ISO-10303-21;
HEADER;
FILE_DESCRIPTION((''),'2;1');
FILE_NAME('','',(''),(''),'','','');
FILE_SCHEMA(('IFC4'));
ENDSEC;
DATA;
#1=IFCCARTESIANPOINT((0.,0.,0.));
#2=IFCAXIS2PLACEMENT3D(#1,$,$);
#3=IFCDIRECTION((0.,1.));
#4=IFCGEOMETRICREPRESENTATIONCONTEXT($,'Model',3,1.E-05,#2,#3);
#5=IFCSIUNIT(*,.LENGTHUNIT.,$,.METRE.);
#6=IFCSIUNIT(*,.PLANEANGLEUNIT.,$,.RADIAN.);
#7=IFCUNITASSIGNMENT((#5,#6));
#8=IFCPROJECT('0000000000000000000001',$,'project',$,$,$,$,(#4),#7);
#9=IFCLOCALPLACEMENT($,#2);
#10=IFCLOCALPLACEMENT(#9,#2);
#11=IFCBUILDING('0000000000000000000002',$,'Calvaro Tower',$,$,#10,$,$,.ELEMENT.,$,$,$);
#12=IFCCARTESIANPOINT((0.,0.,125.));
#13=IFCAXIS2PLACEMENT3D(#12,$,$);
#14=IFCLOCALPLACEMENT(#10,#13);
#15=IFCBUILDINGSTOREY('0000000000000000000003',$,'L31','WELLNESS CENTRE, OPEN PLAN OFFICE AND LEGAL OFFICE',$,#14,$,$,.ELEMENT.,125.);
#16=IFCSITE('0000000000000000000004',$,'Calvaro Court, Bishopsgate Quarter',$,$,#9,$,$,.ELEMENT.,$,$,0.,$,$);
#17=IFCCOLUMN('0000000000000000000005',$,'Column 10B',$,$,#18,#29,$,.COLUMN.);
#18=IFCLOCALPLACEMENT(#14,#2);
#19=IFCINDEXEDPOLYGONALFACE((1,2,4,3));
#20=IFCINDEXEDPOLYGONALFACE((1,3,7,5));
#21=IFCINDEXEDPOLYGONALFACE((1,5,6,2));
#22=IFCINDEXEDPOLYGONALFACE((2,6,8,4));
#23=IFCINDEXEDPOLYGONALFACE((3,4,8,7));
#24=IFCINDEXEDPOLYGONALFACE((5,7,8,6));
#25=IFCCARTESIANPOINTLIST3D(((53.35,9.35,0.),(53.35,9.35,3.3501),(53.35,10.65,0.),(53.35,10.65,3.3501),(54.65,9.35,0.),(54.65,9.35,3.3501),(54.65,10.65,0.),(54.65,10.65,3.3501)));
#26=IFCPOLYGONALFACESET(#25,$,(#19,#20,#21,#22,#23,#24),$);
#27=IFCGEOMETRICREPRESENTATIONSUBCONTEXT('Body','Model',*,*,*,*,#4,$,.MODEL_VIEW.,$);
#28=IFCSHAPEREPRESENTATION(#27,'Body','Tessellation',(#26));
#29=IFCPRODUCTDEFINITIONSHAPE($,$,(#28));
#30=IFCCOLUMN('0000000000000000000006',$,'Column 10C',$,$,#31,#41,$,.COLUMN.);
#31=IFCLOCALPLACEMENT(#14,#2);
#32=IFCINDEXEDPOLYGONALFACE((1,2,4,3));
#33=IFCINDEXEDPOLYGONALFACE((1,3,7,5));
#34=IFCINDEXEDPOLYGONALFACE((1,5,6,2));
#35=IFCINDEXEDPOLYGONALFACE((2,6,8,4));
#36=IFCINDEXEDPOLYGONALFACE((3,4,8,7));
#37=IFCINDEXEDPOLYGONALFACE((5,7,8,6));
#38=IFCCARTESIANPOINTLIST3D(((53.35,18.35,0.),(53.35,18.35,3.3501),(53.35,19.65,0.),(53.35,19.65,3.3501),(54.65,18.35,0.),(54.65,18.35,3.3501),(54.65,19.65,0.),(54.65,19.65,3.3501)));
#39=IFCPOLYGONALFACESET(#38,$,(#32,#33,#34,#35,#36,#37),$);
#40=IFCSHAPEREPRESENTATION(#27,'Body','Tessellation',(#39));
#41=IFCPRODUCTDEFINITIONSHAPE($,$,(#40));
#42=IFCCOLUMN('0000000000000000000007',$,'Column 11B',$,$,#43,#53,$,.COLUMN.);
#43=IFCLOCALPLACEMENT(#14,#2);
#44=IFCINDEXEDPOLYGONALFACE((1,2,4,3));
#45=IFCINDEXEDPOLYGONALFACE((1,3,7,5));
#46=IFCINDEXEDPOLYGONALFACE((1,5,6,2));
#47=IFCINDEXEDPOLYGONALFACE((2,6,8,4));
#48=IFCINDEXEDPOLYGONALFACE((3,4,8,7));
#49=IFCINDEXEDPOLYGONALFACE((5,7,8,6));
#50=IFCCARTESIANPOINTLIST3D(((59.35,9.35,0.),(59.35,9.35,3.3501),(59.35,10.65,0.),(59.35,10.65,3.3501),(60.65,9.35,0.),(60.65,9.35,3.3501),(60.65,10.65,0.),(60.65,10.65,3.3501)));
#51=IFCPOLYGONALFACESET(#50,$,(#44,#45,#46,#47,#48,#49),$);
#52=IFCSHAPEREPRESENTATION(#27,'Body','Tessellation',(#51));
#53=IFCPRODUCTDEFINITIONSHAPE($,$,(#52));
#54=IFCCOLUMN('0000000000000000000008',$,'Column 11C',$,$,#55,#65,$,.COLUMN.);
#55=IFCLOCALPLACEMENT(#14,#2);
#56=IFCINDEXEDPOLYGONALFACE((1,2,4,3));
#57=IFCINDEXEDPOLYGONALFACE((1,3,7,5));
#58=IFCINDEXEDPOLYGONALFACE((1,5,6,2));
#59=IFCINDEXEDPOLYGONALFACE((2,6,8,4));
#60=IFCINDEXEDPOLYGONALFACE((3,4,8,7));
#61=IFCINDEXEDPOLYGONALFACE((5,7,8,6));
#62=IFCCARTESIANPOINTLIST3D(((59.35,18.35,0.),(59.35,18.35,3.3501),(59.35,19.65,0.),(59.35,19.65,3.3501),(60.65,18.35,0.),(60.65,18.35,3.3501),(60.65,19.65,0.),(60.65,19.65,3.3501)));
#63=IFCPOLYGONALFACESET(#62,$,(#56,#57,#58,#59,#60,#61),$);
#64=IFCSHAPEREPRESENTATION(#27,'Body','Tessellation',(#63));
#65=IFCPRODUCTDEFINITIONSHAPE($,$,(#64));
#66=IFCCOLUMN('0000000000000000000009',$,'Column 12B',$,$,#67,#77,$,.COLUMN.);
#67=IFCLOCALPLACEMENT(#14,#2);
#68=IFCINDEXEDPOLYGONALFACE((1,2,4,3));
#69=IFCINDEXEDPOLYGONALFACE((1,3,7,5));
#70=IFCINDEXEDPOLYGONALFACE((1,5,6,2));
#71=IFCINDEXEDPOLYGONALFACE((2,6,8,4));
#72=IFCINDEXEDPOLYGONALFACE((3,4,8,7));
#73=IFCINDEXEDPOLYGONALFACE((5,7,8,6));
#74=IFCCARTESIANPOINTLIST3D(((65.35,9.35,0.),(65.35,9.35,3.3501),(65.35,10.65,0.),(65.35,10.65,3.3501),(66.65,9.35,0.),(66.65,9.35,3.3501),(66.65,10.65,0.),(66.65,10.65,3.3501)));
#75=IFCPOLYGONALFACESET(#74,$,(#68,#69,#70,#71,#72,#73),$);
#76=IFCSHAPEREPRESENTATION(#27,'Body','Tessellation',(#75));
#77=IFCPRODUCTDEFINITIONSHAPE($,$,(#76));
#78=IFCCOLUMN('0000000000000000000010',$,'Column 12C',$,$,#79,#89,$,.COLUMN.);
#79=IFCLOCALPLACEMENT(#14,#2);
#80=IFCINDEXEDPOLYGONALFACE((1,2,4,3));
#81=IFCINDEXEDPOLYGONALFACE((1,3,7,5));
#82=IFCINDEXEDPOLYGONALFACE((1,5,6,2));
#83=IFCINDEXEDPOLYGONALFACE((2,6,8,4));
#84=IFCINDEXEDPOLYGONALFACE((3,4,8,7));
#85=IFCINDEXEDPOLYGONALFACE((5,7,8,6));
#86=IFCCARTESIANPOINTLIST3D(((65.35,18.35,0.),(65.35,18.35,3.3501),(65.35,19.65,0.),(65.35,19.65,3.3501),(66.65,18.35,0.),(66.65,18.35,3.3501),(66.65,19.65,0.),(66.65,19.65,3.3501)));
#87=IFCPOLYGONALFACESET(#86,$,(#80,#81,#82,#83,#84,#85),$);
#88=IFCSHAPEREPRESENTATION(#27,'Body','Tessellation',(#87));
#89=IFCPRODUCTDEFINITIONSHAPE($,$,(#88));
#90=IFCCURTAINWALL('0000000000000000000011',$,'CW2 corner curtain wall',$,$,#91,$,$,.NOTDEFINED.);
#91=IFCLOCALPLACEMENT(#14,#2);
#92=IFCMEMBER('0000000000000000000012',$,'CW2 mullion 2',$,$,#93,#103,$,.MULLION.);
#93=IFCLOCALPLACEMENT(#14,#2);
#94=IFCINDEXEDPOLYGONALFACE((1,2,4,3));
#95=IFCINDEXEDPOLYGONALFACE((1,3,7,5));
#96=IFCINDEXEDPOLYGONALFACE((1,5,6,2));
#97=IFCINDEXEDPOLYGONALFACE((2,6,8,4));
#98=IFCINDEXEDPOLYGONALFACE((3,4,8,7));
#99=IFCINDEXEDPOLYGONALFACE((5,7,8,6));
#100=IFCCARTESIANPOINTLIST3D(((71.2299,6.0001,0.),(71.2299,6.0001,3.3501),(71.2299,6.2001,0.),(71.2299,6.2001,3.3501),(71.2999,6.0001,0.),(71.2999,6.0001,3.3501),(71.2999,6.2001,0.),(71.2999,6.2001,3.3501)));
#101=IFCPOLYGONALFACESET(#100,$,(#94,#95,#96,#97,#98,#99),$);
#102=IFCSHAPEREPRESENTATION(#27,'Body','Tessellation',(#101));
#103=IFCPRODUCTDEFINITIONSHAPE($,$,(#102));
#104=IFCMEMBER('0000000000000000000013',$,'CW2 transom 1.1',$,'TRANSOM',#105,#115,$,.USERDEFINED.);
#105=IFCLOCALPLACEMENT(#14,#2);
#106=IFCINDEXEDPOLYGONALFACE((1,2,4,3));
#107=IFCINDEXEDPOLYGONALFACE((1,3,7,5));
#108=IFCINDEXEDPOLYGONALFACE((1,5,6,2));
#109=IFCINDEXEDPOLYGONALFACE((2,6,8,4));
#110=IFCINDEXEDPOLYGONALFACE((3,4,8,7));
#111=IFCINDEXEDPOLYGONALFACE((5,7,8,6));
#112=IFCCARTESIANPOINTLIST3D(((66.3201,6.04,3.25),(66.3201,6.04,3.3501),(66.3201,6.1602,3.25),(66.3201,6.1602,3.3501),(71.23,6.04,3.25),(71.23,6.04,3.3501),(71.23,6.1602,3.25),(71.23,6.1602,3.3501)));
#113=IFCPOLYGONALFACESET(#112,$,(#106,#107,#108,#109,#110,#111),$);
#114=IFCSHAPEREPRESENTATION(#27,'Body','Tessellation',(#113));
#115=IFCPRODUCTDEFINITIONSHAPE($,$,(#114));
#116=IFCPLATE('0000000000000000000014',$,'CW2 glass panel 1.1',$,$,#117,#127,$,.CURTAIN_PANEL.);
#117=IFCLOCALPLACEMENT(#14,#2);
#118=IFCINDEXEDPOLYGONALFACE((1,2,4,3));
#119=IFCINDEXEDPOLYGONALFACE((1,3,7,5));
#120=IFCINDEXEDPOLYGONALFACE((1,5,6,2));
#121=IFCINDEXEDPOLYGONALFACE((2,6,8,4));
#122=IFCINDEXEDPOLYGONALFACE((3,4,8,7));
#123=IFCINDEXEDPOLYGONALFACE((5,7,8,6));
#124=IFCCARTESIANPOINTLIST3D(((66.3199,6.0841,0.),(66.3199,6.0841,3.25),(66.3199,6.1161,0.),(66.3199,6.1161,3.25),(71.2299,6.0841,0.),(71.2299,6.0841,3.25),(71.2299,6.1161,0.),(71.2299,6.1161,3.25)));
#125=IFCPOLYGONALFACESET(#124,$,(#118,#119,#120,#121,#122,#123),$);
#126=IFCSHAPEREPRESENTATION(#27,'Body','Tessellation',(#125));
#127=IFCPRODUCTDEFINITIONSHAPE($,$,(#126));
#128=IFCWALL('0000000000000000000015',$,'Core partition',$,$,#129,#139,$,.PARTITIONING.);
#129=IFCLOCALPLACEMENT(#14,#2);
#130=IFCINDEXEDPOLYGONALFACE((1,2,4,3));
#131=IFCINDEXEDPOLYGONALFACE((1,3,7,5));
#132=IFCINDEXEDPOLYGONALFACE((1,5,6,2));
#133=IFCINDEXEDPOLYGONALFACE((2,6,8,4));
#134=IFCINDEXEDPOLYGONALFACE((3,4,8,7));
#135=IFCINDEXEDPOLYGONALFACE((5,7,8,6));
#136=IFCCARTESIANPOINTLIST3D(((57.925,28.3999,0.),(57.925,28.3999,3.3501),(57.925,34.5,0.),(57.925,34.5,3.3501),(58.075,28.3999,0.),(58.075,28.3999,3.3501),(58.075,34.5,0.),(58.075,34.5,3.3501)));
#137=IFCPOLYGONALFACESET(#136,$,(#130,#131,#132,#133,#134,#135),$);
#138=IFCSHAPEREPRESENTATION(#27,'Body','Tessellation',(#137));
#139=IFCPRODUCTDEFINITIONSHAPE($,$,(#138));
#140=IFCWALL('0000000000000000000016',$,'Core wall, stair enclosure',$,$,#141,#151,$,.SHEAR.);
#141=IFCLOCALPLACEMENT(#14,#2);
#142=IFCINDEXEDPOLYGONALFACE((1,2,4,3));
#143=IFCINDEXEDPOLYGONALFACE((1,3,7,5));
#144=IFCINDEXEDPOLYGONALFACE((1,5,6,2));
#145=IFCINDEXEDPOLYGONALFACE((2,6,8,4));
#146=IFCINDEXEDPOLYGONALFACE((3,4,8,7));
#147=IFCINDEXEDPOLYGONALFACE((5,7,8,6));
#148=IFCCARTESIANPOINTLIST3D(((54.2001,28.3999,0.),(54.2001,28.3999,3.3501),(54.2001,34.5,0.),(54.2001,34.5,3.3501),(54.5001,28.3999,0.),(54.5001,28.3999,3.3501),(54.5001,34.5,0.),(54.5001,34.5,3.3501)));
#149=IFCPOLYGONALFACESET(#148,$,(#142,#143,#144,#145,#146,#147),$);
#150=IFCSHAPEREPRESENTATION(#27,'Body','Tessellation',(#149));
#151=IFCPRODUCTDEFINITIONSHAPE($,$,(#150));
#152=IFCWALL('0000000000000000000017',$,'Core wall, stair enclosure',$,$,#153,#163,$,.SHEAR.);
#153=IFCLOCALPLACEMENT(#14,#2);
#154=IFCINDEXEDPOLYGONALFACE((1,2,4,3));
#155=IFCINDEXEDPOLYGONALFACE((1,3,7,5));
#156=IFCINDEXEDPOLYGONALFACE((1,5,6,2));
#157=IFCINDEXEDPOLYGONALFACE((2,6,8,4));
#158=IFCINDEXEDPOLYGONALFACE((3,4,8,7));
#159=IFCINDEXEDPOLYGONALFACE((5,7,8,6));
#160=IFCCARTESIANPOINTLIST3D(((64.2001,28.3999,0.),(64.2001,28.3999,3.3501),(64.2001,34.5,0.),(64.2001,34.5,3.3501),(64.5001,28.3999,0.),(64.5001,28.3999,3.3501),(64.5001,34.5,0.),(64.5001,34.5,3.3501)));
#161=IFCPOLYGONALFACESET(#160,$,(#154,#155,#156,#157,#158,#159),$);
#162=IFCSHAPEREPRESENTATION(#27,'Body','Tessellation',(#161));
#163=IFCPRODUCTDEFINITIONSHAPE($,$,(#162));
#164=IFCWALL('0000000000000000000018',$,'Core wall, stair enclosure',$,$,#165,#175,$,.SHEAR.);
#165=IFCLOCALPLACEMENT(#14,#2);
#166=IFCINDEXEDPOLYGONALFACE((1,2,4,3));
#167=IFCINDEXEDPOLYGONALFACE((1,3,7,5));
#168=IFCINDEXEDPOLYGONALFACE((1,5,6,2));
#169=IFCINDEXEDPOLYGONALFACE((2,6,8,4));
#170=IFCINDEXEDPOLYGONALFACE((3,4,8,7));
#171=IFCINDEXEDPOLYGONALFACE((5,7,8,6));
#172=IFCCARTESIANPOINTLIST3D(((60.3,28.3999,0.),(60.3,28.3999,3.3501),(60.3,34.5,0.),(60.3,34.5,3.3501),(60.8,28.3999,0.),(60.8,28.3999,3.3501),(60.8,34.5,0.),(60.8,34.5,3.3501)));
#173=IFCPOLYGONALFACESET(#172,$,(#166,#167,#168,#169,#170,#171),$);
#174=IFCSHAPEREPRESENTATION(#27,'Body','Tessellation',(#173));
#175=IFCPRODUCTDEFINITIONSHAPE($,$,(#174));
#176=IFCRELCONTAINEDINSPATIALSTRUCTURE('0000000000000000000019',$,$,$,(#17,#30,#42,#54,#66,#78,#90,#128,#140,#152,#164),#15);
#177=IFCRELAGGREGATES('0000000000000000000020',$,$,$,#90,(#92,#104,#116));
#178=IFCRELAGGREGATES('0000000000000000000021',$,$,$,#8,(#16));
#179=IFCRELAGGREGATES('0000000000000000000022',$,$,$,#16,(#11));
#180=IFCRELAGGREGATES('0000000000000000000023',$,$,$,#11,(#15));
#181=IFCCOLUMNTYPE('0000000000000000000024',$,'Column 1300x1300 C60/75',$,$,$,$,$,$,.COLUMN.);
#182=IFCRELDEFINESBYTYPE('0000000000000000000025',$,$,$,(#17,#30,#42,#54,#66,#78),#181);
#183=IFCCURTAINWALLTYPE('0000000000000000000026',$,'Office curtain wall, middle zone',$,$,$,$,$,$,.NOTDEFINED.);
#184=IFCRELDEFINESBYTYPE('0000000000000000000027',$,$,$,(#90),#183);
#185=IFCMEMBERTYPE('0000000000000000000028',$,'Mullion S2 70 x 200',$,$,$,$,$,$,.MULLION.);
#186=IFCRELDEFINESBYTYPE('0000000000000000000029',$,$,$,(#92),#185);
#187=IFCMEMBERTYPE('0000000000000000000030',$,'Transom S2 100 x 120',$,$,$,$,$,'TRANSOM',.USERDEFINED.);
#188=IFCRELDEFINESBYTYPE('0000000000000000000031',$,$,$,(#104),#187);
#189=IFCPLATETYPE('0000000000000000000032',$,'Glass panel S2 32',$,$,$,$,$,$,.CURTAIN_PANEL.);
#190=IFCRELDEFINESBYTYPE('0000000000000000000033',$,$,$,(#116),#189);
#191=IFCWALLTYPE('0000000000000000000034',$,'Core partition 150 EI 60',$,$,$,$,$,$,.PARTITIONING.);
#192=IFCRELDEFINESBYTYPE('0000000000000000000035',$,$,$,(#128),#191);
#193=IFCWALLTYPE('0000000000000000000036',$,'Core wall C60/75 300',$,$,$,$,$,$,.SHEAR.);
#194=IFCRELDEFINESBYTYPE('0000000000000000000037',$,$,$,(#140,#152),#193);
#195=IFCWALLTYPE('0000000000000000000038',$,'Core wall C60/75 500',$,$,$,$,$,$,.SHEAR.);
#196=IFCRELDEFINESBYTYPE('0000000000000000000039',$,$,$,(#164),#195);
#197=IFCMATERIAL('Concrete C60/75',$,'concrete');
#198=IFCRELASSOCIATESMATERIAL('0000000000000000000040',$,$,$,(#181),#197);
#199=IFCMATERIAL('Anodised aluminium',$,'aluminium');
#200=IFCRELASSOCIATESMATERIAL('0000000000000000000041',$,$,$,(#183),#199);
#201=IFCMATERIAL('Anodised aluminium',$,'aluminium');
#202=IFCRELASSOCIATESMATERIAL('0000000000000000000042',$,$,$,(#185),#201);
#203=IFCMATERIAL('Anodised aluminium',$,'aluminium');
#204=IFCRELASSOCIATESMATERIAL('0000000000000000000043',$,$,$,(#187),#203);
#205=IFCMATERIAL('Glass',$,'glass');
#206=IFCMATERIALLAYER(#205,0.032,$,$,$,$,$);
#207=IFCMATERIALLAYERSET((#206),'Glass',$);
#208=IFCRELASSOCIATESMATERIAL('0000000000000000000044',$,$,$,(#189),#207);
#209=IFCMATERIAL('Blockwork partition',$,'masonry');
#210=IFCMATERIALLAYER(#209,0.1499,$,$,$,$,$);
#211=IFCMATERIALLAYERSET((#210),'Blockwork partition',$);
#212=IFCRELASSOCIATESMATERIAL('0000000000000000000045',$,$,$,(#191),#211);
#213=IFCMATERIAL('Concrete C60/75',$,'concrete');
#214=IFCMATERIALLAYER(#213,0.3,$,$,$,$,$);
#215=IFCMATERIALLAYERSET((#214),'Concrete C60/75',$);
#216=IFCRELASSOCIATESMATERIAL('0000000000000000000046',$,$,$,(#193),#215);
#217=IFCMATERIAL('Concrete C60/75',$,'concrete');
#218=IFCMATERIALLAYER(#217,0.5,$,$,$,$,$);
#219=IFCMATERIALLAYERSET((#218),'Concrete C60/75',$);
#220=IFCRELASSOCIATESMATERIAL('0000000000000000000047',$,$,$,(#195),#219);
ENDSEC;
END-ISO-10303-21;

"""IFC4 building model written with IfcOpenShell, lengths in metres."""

from ifc_helpers import new_model, si_unit, direction, frame, frame_2d, origin, origin_2d, place, context, subcontext, project, spatial, rectangle, extrude, material, layer, layer_set, material_profile, profile_set, type_object, element, aggregate, save


model = new_model("IFC4")

# Units and contexts
model_context = context("Model", 3, precision=1e-05, world=origin(), true_north=direction((0.0, 1.0)))
body_context = subcontext(model_context, "Body", "Model", "MODEL_VIEW")
ifc_project = project(units=[si_unit("LENGTHUNIT", "METRE"), si_unit("PLANEANGLEUNIT", "RADIAN")], contexts=[model_context])

# Site, building, storey
site_placement = place(None, origin())
site = spatial("IfcSite", under=ifc_project, at=site_placement, Name="Calvaro Court, Bishopsgate Quarter", CompositionType="ELEMENT", RefElevation=0.0)
building_placement = place(site_placement, origin())
building = spatial("IfcBuilding", under=site, at=building_placement, Name="Calvaro Tower", CompositionType="ELEMENT")
storey_placement = place(building_placement, frame((0.0, 0.0, 125.0)))
storey = spatial("IfcBuildingStorey", under=building, at=storey_placement, Name="L31", Description="WELLNESS CENTRE, OPEN PLAN OFFICE AND LEGAL OFFICE", CompositionType="ELEMENT", Elevation=125.0)

# Columns
ifc_material_1 = material(Name="Concrete C60/75", Category="concrete")
ifc_material_profile_1 = material_profile(ifc_material_1, rectangle(XDim=1.3, YDim=1.3, at=origin_2d()), Name="RC 1300x1300")
ifc_profile_set_1 = profile_set([ifc_material_profile_1], Name="Concrete C60/75")
column_type = type_object("IfcColumnType", Name="Column 1300x1300 C60/75", PredefinedType="COLUMN", material=ifc_profile_set_1)
for number, where, z_axis, x_axis, name in (
    (1, (54.0, 10.0, 0.0), (0.0, 0.0, 1.0), (1.0, 0.0, 0.0), "Column 10B"),
    (2, (54.0, 19.0, 0.0), (0.0, 0.0, 1.0), (1.0, 0.0, 0.0), "Column 10C"),
    (3, (60.0, 10.0, 0.0), (0.0, 0.0, 1.0), (1.0, 0.0, 0.0), "Column 11B"),
    (4, (60.0, 19.0, 0.0), (0.0, 0.0, 1.0), (1.0, 0.0, 0.0), "Column 11C"),
    (5, (66.0, 10.0, 0.0), (0.0, 0.0, 1.0), (1.0, 0.0, 0.0), "Column 12B"),
    (6, (66.0, 19.0, 0.0), (0.0, 0.0, 1.0), (1.0, 0.0, 0.0), "Column 12C"),
):
    element("IfcColumn", number, at=place(storey_placement, frame(where, z_axis=z_axis, x_axis=x_axis)), inside=storey, type_object=column_type, Name=name, PredefinedType="COLUMN", context=body_context, shape_type="SweptSolid", body=[
        extrude(rectangle(XDim=1.3, YDim=1.3, at=origin_2d()), origin(), (0.0, 0.0, 1.0), 3.3501),
    ])

# Curtain wall, members, plate
ifc_material_2 = material(Name="Anodised aluminium", Category="aluminium")
curtain_wall_type = type_object("IfcCurtainWallType", Name="Office curtain wall, middle zone", PredefinedType="NOTDEFINED", material=ifc_material_2)
curtain_wall_placement = place(storey_placement, origin())
curtain_wall = element("IfcCurtainWall", 7, at=curtain_wall_placement, inside=storey, type_object=curtain_wall_type, Name="CW2 corner curtain wall", PredefinedType="NOTDEFINED")
ifc_material_3 = material(Name="Anodised aluminium", Category="aluminium")
ifc_material_profile_2 = material_profile(ifc_material_3, rectangle(XDim=0.2, YDim=0.0701, at=origin_2d()), Name="Mullion S2 70 x 200")
ifc_profile_set_2 = profile_set([ifc_material_profile_2], Name="Anodised aluminium")
member_type_1 = type_object("IfcMemberType", Name="Mullion S2 70 x 200", PredefinedType="MULLION", material=ifc_profile_set_2)
member_1_placement = place(storey_placement, frame((71.2649, 6.1001, 0.0), z_axis=(0.0, 0.0, 1.0), x_axis=(0.0, 1.0, 0.0)))
member_1 = element("IfcMember", 8, at=member_1_placement, type_object=member_type_1, Name="CW2 mullion 2", PredefinedType="MULLION", context=body_context, shape_type="SweptSolid", body=[
    extrude(rectangle(XDim=0.2, YDim=0.0701, at=origin_2d()), origin(), (0.0, 0.0, 1.0), 3.3501),
])
ifc_material_4 = material(Name="Anodised aluminium", Category="aluminium")
ifc_material_profile_3 = material_profile(ifc_material_4, rectangle(XDim=0.1201, YDim=0.1001, at=origin_2d()), Name="Transom S2 100 x 120")
ifc_profile_set_3 = profile_set([ifc_material_profile_3], Name="Anodised aluminium")
member_type_2 = type_object("IfcMemberType", Name="Transom S2 100 x 120", ElementType="TRANSOM", PredefinedType="USERDEFINED", material=ifc_profile_set_3)
member_2_placement = place(storey_placement, frame((66.3201, 6.1001, 3.3), z_axis=(1.0, 0.0, 0.0), x_axis=(0.0, 1.0, 0.0)))
member_2 = element("IfcMember", 9, at=member_2_placement, type_object=member_type_2, Name="CW2 transom 1.1", ObjectType="TRANSOM", PredefinedType="USERDEFINED", context=body_context, shape_type="SweptSolid", body=[
    extrude(rectangle(XDim=0.1201, YDim=0.1001, at=origin_2d()), origin(), (0.0, 0.0, 1.0), 4.9099),
])
ifc_material_5 = material(Name="Glass", Category="glass")
ifc_layer_1 = layer(ifc_material_5, 0.032)
ifc_layer_set_1 = layer_set([ifc_layer_1], Name="Glass")
plate_type = type_object("IfcPlateType", Name="Glass panel S2 32", PredefinedType="CURTAIN_PANEL", material=ifc_layer_set_1)
plate_placement = place(storey_placement, frame((68.7749, 6.1001, 0.0), z_axis=(0.0, 0.0, 1.0), x_axis=(1.0, 0.0, 0.0)))
plate = element("IfcPlate", 10, at=plate_placement, type_object=plate_type, Name="CW2 glass panel 1.1", PredefinedType="CURTAIN_PANEL", context=body_context, shape_type="SweptSolid", body=[
    extrude(rectangle(XDim=4.9099, YDim=0.032, at=origin_2d()), origin(), (0.0, 0.0, 1.0), 3.25),
])
aggregate(curtain_wall, [member_1, member_2, plate])

# Walls
ifc_material_6 = material(Name="Blockwork partition", Category="masonry")
ifc_layer_2 = layer(ifc_material_6, 0.1499)
ifc_layer_set_2 = layer_set([ifc_layer_2], Name="Blockwork partition")
wall_type_1 = type_object("IfcWallType", Name="Core partition 150 EI 60", PredefinedType="PARTITIONING", material=ifc_layer_set_2)
wall_1_placement = place(storey_placement, frame((58.0, 28.3999, 0.0), z_axis=(0.0, 0.0, 1.0), x_axis=(0.0, 1.0, 0.0)))
element("IfcWall", 11, at=wall_1_placement, inside=storey, type_object=wall_type_1, Name="Core partition", PredefinedType="PARTITIONING", context=body_context, shape_type="SweptSolid", body=[
    extrude(rectangle(XDim=6.1001, YDim=0.1499, at=frame_2d((3.05, 0.0))), origin(), (0.0, 0.0, 1.0), 3.3501),
])
ifc_material_7 = material(Name="Concrete C60/75", Category="concrete")
ifc_layer_3 = layer(ifc_material_7, 0.3)
ifc_layer_set_3 = layer_set([ifc_layer_3], Name="Concrete C60/75")
wall_type_2 = type_object("IfcWallType", Name="Core wall C60/75 300", PredefinedType="SHEAR", material=ifc_layer_set_3)
for number, where, z_axis, x_axis, name in (
    (12, (54.3501, 28.3999, 0.0), (0.0, 0.0, 1.0), (0.0, 1.0, 0.0), "Core wall, stair enclosure"),
    (13, (64.3501, 28.3999, 0.0), (0.0, 0.0, 1.0), (0.0, 1.0, 0.0), "Core wall, stair enclosure"),
):
    element("IfcWall", number, at=place(storey_placement, frame(where, z_axis=z_axis, x_axis=x_axis)), inside=storey, type_object=wall_type_2, Name=name, PredefinedType="SHEAR", context=body_context, shape_type="SweptSolid", body=[
        extrude(rectangle(XDim=6.1001, YDim=0.3, at=frame_2d((3.05, 0.0))), origin(), (0.0, 0.0, 1.0), 3.3501),
    ])
ifc_material_8 = material(Name="Concrete C60/75", Category="concrete")
ifc_layer_4 = layer(ifc_material_8, 0.5)
ifc_layer_set_4 = layer_set([ifc_layer_4], Name="Concrete C60/75")
wall_type_3 = type_object("IfcWallType", Name="Core wall C60/75 500", PredefinedType="SHEAR", material=ifc_layer_set_4)
wall_2_placement = place(storey_placement, frame((60.55, 28.3999, 0.0), z_axis=(0.0, 0.0, 1.0), x_axis=(0.0, 1.0, 0.0)))
element("IfcWall", 14, at=wall_2_placement, inside=storey, type_object=wall_type_3, Name="Core wall, stair enclosure", PredefinedType="SHEAR", context=body_context, shape_type="SweptSolid", body=[
    extrude(rectangle(XDim=6.1001, YDim=0.5, at=frame_2d((3.05, 0.0))), origin(), (0.0, 0.0, 1.0), 3.3501),
])

save(model, "model.ifc")
